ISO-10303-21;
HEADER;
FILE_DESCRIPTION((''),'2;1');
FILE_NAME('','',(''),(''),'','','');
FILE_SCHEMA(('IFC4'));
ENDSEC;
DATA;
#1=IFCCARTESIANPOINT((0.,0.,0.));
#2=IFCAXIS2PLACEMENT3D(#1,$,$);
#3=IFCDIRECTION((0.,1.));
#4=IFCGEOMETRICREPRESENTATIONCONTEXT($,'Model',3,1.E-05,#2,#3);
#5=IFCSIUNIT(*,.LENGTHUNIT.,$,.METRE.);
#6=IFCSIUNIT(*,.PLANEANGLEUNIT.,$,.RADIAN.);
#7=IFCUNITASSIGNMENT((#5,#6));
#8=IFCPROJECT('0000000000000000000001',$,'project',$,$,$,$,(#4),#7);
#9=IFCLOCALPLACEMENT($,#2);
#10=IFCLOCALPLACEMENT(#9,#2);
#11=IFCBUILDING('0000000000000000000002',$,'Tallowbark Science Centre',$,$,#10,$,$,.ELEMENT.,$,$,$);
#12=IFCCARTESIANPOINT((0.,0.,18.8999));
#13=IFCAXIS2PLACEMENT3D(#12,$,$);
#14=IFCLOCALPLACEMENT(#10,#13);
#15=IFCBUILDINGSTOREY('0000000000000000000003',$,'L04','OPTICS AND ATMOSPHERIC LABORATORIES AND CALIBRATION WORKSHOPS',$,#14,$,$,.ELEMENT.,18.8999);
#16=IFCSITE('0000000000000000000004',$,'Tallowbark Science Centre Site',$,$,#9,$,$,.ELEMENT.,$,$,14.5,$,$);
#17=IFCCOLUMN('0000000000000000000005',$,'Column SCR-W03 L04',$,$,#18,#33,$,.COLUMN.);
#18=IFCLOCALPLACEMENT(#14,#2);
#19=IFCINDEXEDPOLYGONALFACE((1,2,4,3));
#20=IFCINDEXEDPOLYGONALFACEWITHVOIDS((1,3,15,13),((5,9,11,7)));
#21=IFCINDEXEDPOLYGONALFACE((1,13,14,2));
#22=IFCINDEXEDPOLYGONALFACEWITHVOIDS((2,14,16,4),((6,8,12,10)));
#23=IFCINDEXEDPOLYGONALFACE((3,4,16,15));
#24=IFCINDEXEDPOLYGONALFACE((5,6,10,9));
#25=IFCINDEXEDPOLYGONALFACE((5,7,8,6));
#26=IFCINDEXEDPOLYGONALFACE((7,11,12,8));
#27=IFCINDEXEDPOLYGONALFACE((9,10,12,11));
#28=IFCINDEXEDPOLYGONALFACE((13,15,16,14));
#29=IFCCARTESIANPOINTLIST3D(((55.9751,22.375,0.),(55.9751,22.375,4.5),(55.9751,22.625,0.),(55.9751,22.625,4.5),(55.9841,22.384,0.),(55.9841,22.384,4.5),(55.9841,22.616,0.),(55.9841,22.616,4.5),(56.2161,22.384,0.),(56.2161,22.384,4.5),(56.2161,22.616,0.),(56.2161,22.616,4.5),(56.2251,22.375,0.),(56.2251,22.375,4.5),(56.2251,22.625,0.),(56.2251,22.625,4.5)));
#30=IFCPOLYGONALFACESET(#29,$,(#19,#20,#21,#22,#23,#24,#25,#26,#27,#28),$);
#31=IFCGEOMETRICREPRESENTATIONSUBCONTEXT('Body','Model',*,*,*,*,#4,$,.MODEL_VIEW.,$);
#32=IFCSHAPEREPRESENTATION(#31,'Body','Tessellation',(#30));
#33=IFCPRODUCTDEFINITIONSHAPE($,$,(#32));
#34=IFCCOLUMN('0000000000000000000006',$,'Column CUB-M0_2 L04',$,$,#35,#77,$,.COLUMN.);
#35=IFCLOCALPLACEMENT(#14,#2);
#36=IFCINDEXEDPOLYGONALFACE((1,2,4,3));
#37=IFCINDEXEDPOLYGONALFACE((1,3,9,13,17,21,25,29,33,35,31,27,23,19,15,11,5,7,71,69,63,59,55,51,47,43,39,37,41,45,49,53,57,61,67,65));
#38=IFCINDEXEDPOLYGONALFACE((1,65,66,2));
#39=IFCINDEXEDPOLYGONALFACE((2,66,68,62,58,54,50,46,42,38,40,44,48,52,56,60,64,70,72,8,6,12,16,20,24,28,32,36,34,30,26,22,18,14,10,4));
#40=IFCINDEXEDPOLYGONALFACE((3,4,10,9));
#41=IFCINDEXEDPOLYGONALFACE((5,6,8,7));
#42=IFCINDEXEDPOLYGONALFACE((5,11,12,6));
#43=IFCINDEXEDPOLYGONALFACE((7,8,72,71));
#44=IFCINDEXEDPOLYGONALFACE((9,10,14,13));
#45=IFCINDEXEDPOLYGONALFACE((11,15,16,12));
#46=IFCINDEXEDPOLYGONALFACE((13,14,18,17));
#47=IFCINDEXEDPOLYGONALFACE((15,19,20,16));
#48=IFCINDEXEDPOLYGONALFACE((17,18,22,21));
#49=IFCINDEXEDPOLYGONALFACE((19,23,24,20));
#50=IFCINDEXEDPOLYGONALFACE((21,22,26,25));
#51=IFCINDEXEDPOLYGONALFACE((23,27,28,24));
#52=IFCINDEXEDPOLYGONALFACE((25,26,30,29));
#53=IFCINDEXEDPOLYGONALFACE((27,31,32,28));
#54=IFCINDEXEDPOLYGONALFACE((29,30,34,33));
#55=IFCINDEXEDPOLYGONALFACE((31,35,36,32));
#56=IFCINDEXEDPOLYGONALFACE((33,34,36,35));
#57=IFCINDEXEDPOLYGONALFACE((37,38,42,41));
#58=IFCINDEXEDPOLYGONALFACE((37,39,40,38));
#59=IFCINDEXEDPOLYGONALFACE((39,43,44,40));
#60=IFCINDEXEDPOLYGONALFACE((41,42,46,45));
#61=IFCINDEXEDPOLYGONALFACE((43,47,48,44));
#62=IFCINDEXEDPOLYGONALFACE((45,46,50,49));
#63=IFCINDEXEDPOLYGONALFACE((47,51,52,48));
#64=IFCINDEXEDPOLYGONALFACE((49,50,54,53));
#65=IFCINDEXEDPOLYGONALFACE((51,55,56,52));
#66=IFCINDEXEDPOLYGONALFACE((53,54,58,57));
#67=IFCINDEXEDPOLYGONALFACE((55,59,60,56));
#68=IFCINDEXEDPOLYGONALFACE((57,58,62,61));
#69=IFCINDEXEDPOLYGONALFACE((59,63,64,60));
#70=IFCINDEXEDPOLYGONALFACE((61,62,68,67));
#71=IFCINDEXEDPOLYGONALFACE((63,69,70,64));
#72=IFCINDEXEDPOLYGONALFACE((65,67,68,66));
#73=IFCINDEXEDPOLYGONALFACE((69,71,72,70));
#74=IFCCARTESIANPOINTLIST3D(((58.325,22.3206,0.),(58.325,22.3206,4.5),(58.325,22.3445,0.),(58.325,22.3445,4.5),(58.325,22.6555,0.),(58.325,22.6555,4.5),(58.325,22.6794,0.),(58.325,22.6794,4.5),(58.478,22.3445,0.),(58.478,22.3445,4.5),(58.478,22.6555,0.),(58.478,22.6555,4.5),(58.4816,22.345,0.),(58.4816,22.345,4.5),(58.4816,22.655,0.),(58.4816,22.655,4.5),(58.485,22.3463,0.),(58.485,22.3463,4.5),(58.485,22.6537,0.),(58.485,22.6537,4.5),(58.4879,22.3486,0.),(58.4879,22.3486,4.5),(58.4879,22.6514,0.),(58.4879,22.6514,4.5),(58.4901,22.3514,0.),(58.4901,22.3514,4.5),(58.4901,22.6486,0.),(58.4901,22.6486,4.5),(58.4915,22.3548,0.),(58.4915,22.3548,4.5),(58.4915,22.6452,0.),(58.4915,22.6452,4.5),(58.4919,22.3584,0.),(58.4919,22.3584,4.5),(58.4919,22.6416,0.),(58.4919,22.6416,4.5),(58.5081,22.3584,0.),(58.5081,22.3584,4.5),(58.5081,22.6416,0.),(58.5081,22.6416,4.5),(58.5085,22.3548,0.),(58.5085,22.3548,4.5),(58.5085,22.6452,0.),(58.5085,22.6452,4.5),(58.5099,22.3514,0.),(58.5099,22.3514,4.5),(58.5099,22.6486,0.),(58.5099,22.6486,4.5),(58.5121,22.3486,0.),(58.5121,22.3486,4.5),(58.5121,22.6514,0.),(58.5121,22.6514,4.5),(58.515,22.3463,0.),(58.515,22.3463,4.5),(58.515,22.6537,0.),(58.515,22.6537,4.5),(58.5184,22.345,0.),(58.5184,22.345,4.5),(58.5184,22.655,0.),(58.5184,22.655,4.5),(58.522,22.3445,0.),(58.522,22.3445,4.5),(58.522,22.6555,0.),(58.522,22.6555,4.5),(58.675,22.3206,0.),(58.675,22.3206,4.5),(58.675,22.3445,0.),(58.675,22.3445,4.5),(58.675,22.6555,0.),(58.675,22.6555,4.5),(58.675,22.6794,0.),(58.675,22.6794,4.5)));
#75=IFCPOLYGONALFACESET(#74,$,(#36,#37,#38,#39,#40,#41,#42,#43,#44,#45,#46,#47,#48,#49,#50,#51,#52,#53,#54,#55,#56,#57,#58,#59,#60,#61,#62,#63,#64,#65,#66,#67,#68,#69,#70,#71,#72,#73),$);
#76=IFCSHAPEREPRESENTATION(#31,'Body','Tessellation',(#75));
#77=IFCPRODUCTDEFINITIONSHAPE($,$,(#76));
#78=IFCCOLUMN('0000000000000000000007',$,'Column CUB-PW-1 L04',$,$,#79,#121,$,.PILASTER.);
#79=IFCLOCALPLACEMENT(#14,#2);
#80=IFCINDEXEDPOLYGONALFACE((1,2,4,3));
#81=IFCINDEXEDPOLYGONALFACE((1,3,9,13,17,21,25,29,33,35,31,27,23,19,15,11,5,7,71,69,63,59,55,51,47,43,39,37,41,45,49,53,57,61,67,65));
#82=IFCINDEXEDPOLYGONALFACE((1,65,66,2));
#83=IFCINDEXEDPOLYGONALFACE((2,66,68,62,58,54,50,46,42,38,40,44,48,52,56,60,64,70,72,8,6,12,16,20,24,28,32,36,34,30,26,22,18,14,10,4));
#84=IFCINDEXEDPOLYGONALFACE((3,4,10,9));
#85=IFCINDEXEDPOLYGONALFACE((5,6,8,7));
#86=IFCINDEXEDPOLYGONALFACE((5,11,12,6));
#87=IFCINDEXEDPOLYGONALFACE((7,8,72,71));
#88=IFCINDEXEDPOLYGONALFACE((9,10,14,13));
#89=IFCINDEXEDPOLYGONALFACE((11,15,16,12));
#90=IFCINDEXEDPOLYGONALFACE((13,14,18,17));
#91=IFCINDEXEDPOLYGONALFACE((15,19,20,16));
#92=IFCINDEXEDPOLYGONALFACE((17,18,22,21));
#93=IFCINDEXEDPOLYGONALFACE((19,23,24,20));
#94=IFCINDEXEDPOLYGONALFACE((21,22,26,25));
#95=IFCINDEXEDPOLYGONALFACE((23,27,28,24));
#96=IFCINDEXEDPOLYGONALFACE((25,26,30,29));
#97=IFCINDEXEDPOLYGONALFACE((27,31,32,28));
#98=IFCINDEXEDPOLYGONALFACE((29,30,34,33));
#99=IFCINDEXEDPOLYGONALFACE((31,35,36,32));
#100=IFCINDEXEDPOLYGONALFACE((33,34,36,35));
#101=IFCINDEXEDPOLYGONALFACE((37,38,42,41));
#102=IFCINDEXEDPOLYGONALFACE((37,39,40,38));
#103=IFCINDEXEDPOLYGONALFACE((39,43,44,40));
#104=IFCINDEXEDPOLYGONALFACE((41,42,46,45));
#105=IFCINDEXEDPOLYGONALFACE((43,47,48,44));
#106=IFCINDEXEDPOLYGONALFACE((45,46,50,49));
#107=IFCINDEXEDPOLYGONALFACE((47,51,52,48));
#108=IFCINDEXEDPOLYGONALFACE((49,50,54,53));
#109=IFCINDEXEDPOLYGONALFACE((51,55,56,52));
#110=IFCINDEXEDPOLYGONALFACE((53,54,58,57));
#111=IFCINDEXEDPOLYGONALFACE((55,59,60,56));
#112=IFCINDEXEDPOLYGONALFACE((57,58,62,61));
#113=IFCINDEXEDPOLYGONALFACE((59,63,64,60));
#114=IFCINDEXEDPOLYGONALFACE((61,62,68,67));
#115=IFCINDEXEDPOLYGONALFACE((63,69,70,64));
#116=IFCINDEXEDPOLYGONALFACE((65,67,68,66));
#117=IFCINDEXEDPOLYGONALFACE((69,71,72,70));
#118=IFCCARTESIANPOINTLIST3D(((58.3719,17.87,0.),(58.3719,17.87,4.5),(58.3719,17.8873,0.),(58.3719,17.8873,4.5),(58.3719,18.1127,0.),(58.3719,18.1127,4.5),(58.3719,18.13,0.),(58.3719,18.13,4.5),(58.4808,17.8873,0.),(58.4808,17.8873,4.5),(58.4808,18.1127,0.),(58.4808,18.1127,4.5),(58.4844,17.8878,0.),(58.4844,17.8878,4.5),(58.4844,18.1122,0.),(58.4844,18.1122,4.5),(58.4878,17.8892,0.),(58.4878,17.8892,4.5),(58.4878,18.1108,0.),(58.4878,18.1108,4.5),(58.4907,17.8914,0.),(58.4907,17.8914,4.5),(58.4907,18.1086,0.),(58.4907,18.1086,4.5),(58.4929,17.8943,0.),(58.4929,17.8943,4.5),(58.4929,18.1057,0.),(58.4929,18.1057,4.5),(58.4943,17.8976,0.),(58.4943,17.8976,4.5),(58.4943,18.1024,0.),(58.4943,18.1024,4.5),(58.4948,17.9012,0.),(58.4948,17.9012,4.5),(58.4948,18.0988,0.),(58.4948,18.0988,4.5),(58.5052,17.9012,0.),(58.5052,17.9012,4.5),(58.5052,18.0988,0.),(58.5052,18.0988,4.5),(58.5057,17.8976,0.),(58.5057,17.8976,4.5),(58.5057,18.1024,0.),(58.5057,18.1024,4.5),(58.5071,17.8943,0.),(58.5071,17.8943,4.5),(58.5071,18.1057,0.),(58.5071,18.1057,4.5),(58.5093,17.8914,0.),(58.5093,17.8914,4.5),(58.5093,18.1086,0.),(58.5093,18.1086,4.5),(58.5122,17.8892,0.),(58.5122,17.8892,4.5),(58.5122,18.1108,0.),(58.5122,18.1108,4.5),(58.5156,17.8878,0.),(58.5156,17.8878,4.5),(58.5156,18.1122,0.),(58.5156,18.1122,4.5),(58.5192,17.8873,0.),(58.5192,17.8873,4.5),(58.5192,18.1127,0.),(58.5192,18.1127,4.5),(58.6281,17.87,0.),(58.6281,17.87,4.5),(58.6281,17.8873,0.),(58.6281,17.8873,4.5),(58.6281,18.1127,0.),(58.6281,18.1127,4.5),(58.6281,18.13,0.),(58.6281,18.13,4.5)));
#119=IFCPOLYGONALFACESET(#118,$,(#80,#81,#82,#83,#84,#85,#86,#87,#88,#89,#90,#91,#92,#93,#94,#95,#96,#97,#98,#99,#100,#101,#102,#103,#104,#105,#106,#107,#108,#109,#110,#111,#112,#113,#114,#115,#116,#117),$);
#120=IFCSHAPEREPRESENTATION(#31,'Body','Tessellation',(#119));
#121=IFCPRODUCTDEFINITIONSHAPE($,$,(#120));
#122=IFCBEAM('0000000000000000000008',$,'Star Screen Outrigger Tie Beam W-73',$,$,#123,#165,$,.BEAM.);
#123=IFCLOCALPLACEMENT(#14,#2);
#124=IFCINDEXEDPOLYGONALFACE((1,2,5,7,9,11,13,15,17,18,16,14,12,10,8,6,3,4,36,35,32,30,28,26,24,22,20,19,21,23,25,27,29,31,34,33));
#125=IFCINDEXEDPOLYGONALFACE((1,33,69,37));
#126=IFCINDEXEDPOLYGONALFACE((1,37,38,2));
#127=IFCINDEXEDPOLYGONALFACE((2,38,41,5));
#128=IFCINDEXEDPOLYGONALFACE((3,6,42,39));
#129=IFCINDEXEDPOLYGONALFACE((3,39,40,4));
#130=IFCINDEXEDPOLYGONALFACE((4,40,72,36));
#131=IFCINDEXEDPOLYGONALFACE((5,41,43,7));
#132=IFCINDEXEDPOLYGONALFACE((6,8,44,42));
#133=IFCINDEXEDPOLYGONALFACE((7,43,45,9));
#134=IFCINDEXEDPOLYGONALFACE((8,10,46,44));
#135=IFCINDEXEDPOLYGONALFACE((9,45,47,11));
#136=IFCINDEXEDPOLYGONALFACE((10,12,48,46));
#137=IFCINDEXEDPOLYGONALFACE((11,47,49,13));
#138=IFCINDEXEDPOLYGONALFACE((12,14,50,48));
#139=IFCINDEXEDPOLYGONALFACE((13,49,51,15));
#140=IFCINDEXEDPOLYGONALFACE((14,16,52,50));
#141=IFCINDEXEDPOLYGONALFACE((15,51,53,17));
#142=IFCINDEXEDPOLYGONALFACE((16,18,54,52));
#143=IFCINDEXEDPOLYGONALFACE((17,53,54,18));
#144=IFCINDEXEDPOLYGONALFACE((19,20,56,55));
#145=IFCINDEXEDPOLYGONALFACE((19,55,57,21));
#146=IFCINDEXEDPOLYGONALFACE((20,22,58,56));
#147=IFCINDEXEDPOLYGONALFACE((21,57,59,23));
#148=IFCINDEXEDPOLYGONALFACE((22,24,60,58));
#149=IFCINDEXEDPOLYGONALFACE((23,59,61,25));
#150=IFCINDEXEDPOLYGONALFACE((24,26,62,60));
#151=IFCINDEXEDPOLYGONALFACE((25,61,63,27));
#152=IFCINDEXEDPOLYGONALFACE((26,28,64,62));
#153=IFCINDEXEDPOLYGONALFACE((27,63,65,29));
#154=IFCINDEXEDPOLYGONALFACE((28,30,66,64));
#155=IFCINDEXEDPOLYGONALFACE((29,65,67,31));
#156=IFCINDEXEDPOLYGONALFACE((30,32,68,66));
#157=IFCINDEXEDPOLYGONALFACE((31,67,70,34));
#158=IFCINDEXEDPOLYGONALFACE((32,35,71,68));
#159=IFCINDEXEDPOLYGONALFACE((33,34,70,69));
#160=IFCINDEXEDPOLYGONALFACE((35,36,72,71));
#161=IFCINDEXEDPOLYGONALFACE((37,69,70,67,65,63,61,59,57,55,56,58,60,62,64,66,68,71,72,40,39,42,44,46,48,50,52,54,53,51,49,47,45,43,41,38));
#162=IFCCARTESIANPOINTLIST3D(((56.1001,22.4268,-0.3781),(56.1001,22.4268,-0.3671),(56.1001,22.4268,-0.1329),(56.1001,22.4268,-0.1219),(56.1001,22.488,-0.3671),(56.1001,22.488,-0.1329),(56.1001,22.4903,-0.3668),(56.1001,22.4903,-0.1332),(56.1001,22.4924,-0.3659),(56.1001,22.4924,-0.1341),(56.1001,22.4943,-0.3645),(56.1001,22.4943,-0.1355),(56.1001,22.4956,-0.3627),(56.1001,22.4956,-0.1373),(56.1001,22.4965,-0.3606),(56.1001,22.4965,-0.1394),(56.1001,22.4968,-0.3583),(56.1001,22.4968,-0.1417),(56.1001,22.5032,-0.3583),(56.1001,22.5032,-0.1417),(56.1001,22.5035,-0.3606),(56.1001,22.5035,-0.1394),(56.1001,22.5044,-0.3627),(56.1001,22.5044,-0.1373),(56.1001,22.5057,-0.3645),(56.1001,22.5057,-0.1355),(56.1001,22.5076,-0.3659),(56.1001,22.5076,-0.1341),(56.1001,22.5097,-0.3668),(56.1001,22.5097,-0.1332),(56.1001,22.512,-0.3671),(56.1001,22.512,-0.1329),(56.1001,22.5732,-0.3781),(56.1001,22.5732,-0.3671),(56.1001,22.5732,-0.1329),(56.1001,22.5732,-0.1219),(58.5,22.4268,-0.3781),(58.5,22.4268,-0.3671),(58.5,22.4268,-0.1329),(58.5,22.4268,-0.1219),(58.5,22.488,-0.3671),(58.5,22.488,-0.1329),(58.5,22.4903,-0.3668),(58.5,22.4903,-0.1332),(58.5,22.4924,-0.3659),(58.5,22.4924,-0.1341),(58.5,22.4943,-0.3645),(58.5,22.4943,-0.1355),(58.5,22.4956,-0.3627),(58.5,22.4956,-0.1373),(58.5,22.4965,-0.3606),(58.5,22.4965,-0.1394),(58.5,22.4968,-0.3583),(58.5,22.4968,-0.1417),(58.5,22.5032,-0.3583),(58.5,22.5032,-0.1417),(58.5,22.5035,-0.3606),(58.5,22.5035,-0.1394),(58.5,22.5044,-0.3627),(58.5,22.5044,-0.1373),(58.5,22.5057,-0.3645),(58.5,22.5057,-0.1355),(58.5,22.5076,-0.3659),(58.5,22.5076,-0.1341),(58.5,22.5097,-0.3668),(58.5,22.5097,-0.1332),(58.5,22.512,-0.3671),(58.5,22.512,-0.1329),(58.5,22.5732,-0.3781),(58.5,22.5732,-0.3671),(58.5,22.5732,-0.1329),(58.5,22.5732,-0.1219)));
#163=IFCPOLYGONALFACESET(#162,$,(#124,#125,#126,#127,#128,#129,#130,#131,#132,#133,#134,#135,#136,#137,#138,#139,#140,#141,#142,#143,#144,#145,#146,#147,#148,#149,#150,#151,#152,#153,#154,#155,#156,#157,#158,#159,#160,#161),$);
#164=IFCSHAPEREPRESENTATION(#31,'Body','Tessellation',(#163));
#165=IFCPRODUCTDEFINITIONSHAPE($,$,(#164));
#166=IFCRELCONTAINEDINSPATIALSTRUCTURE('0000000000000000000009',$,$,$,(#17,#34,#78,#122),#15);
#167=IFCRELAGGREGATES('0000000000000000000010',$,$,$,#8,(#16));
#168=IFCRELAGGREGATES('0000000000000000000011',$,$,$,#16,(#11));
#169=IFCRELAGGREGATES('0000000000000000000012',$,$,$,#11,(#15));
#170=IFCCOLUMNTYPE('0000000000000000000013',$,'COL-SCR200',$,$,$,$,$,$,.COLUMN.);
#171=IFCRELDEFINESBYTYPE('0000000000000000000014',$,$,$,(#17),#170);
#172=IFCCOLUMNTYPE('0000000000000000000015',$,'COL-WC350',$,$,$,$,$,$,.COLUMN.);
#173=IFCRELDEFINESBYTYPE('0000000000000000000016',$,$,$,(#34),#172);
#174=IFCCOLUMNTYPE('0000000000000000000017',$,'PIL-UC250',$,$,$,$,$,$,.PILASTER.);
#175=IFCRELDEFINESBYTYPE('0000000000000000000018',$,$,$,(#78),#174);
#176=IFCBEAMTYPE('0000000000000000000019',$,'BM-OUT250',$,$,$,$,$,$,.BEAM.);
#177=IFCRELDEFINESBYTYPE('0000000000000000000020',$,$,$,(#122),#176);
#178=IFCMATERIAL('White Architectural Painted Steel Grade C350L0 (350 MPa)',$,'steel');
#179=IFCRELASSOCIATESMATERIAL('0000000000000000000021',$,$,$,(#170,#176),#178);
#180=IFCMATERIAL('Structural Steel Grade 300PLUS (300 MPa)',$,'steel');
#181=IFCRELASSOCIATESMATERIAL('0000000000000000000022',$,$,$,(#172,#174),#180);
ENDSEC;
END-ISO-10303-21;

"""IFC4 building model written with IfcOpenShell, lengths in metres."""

from ifc_helpers import new_model, si_unit, direction, frame, origin, origin_2d, place, context, subcontext, project, spatial, hollow_rectangle, i_section, extrude, material, material_profile, profile_set, type_object, element, save


model = new_model("IFC4")

# Units and contexts
model_context = context("Model", 3, precision=1e-05, world=origin(), true_north=direction((0.0, 1.0)))
body_context = subcontext(model_context, "Body", "Model", "MODEL_VIEW")
ifc_project = project(units=[si_unit("LENGTHUNIT", "METRE"), si_unit("PLANEANGLEUNIT", "RADIAN")], contexts=[model_context])

# Site, building, storey
site_placement = place(None, origin())
site = spatial("IfcSite", under=ifc_project, at=site_placement, Name="Tallowbark Science Centre Site", CompositionType="ELEMENT", RefElevation=14.5)
building_placement = place(site_placement, origin())
building = spatial("IfcBuilding", under=site, at=building_placement, Name="Tallowbark Science Centre", CompositionType="ELEMENT")
storey_placement = place(building_placement, frame((0.0, 0.0, 18.8999)))
storey = spatial("IfcBuildingStorey", under=building, at=storey_placement, Name="L04", Description="OPTICS AND ATMOSPHERIC LABORATORIES AND CALIBRATION WORKSHOPS", CompositionType="ELEMENT", Elevation=18.8999)

# Columns
ifc_material_1 = material(Name="White Architectural Painted Steel Grade C350L0 (350 MPa)", Category="steel")
ifc_material_profile_1 = material_profile(ifc_material_1, hollow_rectangle(XDim=0.25, YDim=0.25, WallThickness=0.009, at=origin_2d()), Name="250x250x9.0SHS")
ifc_profile_set_1 = profile_set([ifc_material_profile_1], Name="White Architectural Painted Steel Grade C350L0 (350 MPa)")
column_type_1 = type_object("IfcColumnType", Name="COL-SCR200", PredefinedType="COLUMN", material=ifc_profile_set_1)
column_1_placement = place(storey_placement, frame((56.1001, 22.5, 0.0), z_axis=(0.0, 0.0, 1.0), x_axis=(1.0, 0.0, 0.0)))
element("IfcColumn", 1, at=column_1_placement, inside=storey, type_object=column_type_1, Name="Column SCR-W03 L04", PredefinedType="COLUMN", context=body_context, shape_type="SweptSolid", body=[
    extrude(hollow_rectangle(XDim=0.25, YDim=0.25, WallThickness=0.009, at=origin_2d()), origin(), (0.0, 0.0, 1.0), 4.5),
])
ifc_material_2 = material(Name="Structural Steel Grade 300PLUS (300 MPa)", Category="steel")
ifc_material_profile_2 = material_profile(ifc_material_2, i_section(OverallWidth=0.3501, OverallDepth=0.3589, WebThickness=0.0161, FlangeThickness=0.0239, FilletRadius=0.0139, at=origin_2d()), Name="350WC197")
ifc_profile_set_2 = profile_set([ifc_material_profile_2], Name="Structural Steel Grade 300PLUS (300 MPa)")
column_type_2 = type_object("IfcColumnType", Name="COL-WC350", PredefinedType="COLUMN", material=ifc_profile_set_2)
column_2_placement = place(storey_placement, frame((58.5, 22.5, 0.0), z_axis=(0.0, 0.0, 1.0), x_axis=(1.0, 0.0, 0.0)))
element("IfcColumn", 2, at=column_2_placement, inside=storey, type_object=column_type_2, Name="Column CUB-M0_2 L04", PredefinedType="COLUMN", context=body_context, shape_type="SweptSolid", body=[
    extrude(i_section(OverallWidth=0.3501, OverallDepth=0.3589, WebThickness=0.0161, FlangeThickness=0.0239, FilletRadius=0.0139, at=origin_2d()), origin(), (0.0, 0.0, 1.0), 4.5),
])
ifc_material_profile_3 = material_profile(ifc_material_2, i_section(OverallWidth=0.2561, OverallDepth=0.26, WebThickness=0.0105, FlangeThickness=0.0173, FilletRadius=0.0139, at=origin_2d()), Name="250UC89.5")
ifc_profile_set_3 = profile_set([ifc_material_profile_3], Name="Structural Steel Grade 300PLUS (300 MPa)")
column_type_3 = type_object("IfcColumnType", Name="PIL-UC250", PredefinedType="PILASTER", material=ifc_profile_set_3)
column_3_placement = place(storey_placement, frame((58.5, 18.0, 0.0), z_axis=(0.0, 0.0, 1.0), x_axis=(1.0, 0.0, 0.0)))
element("IfcColumn", 3, at=column_3_placement, inside=storey, type_object=column_type_3, Name="Column CUB-PW-1 L04", PredefinedType="PILASTER", context=body_context, shape_type="SweptSolid", body=[
    extrude(i_section(OverallWidth=0.2561, OverallDepth=0.26, WebThickness=0.0105, FlangeThickness=0.0173, FilletRadius=0.0139, at=origin_2d()), origin(), (0.0, 0.0, 1.0), 4.5),
])

# Beam
ifc_material_profile_4 = material_profile(ifc_material_1, i_section(OverallWidth=0.1465, OverallDepth=0.2561, WebThickness=0.0063, FlangeThickness=0.011, FilletRadius=0.0088, at=origin_2d()), Name="250UB37.3")
ifc_profile_set_4 = profile_set([ifc_material_profile_4], Name="White Architectural Painted Steel Grade C350L0 (350 MPa)")
beam_type_1 = type_object("IfcBeamType", Name="BM-OUT250", PredefinedType="BEAM", material=ifc_profile_set_4)
beam_1_placement = place(storey_placement, frame((58.5, 22.5, -0.25), z_axis=(-1.0, 0.0, 0.0), x_axis=(0.0, -1.0, 0.0)))
element("IfcBeam", 4, at=beam_1_placement, inside=storey, type_object=beam_type_1, Name="Star Screen Outrigger Tie Beam W-73", PredefinedType="BEAM", context=body_context, shape_type="SweptSolid", body=[
    extrude(i_section(OverallWidth=0.1465, OverallDepth=0.2561, WebThickness=0.0063, FlangeThickness=0.011, FilletRadius=0.0088, at=origin_2d()), origin(), (0.0, 0.0, 1.0), 2.3999),
])

save(model, "model.ifc")
